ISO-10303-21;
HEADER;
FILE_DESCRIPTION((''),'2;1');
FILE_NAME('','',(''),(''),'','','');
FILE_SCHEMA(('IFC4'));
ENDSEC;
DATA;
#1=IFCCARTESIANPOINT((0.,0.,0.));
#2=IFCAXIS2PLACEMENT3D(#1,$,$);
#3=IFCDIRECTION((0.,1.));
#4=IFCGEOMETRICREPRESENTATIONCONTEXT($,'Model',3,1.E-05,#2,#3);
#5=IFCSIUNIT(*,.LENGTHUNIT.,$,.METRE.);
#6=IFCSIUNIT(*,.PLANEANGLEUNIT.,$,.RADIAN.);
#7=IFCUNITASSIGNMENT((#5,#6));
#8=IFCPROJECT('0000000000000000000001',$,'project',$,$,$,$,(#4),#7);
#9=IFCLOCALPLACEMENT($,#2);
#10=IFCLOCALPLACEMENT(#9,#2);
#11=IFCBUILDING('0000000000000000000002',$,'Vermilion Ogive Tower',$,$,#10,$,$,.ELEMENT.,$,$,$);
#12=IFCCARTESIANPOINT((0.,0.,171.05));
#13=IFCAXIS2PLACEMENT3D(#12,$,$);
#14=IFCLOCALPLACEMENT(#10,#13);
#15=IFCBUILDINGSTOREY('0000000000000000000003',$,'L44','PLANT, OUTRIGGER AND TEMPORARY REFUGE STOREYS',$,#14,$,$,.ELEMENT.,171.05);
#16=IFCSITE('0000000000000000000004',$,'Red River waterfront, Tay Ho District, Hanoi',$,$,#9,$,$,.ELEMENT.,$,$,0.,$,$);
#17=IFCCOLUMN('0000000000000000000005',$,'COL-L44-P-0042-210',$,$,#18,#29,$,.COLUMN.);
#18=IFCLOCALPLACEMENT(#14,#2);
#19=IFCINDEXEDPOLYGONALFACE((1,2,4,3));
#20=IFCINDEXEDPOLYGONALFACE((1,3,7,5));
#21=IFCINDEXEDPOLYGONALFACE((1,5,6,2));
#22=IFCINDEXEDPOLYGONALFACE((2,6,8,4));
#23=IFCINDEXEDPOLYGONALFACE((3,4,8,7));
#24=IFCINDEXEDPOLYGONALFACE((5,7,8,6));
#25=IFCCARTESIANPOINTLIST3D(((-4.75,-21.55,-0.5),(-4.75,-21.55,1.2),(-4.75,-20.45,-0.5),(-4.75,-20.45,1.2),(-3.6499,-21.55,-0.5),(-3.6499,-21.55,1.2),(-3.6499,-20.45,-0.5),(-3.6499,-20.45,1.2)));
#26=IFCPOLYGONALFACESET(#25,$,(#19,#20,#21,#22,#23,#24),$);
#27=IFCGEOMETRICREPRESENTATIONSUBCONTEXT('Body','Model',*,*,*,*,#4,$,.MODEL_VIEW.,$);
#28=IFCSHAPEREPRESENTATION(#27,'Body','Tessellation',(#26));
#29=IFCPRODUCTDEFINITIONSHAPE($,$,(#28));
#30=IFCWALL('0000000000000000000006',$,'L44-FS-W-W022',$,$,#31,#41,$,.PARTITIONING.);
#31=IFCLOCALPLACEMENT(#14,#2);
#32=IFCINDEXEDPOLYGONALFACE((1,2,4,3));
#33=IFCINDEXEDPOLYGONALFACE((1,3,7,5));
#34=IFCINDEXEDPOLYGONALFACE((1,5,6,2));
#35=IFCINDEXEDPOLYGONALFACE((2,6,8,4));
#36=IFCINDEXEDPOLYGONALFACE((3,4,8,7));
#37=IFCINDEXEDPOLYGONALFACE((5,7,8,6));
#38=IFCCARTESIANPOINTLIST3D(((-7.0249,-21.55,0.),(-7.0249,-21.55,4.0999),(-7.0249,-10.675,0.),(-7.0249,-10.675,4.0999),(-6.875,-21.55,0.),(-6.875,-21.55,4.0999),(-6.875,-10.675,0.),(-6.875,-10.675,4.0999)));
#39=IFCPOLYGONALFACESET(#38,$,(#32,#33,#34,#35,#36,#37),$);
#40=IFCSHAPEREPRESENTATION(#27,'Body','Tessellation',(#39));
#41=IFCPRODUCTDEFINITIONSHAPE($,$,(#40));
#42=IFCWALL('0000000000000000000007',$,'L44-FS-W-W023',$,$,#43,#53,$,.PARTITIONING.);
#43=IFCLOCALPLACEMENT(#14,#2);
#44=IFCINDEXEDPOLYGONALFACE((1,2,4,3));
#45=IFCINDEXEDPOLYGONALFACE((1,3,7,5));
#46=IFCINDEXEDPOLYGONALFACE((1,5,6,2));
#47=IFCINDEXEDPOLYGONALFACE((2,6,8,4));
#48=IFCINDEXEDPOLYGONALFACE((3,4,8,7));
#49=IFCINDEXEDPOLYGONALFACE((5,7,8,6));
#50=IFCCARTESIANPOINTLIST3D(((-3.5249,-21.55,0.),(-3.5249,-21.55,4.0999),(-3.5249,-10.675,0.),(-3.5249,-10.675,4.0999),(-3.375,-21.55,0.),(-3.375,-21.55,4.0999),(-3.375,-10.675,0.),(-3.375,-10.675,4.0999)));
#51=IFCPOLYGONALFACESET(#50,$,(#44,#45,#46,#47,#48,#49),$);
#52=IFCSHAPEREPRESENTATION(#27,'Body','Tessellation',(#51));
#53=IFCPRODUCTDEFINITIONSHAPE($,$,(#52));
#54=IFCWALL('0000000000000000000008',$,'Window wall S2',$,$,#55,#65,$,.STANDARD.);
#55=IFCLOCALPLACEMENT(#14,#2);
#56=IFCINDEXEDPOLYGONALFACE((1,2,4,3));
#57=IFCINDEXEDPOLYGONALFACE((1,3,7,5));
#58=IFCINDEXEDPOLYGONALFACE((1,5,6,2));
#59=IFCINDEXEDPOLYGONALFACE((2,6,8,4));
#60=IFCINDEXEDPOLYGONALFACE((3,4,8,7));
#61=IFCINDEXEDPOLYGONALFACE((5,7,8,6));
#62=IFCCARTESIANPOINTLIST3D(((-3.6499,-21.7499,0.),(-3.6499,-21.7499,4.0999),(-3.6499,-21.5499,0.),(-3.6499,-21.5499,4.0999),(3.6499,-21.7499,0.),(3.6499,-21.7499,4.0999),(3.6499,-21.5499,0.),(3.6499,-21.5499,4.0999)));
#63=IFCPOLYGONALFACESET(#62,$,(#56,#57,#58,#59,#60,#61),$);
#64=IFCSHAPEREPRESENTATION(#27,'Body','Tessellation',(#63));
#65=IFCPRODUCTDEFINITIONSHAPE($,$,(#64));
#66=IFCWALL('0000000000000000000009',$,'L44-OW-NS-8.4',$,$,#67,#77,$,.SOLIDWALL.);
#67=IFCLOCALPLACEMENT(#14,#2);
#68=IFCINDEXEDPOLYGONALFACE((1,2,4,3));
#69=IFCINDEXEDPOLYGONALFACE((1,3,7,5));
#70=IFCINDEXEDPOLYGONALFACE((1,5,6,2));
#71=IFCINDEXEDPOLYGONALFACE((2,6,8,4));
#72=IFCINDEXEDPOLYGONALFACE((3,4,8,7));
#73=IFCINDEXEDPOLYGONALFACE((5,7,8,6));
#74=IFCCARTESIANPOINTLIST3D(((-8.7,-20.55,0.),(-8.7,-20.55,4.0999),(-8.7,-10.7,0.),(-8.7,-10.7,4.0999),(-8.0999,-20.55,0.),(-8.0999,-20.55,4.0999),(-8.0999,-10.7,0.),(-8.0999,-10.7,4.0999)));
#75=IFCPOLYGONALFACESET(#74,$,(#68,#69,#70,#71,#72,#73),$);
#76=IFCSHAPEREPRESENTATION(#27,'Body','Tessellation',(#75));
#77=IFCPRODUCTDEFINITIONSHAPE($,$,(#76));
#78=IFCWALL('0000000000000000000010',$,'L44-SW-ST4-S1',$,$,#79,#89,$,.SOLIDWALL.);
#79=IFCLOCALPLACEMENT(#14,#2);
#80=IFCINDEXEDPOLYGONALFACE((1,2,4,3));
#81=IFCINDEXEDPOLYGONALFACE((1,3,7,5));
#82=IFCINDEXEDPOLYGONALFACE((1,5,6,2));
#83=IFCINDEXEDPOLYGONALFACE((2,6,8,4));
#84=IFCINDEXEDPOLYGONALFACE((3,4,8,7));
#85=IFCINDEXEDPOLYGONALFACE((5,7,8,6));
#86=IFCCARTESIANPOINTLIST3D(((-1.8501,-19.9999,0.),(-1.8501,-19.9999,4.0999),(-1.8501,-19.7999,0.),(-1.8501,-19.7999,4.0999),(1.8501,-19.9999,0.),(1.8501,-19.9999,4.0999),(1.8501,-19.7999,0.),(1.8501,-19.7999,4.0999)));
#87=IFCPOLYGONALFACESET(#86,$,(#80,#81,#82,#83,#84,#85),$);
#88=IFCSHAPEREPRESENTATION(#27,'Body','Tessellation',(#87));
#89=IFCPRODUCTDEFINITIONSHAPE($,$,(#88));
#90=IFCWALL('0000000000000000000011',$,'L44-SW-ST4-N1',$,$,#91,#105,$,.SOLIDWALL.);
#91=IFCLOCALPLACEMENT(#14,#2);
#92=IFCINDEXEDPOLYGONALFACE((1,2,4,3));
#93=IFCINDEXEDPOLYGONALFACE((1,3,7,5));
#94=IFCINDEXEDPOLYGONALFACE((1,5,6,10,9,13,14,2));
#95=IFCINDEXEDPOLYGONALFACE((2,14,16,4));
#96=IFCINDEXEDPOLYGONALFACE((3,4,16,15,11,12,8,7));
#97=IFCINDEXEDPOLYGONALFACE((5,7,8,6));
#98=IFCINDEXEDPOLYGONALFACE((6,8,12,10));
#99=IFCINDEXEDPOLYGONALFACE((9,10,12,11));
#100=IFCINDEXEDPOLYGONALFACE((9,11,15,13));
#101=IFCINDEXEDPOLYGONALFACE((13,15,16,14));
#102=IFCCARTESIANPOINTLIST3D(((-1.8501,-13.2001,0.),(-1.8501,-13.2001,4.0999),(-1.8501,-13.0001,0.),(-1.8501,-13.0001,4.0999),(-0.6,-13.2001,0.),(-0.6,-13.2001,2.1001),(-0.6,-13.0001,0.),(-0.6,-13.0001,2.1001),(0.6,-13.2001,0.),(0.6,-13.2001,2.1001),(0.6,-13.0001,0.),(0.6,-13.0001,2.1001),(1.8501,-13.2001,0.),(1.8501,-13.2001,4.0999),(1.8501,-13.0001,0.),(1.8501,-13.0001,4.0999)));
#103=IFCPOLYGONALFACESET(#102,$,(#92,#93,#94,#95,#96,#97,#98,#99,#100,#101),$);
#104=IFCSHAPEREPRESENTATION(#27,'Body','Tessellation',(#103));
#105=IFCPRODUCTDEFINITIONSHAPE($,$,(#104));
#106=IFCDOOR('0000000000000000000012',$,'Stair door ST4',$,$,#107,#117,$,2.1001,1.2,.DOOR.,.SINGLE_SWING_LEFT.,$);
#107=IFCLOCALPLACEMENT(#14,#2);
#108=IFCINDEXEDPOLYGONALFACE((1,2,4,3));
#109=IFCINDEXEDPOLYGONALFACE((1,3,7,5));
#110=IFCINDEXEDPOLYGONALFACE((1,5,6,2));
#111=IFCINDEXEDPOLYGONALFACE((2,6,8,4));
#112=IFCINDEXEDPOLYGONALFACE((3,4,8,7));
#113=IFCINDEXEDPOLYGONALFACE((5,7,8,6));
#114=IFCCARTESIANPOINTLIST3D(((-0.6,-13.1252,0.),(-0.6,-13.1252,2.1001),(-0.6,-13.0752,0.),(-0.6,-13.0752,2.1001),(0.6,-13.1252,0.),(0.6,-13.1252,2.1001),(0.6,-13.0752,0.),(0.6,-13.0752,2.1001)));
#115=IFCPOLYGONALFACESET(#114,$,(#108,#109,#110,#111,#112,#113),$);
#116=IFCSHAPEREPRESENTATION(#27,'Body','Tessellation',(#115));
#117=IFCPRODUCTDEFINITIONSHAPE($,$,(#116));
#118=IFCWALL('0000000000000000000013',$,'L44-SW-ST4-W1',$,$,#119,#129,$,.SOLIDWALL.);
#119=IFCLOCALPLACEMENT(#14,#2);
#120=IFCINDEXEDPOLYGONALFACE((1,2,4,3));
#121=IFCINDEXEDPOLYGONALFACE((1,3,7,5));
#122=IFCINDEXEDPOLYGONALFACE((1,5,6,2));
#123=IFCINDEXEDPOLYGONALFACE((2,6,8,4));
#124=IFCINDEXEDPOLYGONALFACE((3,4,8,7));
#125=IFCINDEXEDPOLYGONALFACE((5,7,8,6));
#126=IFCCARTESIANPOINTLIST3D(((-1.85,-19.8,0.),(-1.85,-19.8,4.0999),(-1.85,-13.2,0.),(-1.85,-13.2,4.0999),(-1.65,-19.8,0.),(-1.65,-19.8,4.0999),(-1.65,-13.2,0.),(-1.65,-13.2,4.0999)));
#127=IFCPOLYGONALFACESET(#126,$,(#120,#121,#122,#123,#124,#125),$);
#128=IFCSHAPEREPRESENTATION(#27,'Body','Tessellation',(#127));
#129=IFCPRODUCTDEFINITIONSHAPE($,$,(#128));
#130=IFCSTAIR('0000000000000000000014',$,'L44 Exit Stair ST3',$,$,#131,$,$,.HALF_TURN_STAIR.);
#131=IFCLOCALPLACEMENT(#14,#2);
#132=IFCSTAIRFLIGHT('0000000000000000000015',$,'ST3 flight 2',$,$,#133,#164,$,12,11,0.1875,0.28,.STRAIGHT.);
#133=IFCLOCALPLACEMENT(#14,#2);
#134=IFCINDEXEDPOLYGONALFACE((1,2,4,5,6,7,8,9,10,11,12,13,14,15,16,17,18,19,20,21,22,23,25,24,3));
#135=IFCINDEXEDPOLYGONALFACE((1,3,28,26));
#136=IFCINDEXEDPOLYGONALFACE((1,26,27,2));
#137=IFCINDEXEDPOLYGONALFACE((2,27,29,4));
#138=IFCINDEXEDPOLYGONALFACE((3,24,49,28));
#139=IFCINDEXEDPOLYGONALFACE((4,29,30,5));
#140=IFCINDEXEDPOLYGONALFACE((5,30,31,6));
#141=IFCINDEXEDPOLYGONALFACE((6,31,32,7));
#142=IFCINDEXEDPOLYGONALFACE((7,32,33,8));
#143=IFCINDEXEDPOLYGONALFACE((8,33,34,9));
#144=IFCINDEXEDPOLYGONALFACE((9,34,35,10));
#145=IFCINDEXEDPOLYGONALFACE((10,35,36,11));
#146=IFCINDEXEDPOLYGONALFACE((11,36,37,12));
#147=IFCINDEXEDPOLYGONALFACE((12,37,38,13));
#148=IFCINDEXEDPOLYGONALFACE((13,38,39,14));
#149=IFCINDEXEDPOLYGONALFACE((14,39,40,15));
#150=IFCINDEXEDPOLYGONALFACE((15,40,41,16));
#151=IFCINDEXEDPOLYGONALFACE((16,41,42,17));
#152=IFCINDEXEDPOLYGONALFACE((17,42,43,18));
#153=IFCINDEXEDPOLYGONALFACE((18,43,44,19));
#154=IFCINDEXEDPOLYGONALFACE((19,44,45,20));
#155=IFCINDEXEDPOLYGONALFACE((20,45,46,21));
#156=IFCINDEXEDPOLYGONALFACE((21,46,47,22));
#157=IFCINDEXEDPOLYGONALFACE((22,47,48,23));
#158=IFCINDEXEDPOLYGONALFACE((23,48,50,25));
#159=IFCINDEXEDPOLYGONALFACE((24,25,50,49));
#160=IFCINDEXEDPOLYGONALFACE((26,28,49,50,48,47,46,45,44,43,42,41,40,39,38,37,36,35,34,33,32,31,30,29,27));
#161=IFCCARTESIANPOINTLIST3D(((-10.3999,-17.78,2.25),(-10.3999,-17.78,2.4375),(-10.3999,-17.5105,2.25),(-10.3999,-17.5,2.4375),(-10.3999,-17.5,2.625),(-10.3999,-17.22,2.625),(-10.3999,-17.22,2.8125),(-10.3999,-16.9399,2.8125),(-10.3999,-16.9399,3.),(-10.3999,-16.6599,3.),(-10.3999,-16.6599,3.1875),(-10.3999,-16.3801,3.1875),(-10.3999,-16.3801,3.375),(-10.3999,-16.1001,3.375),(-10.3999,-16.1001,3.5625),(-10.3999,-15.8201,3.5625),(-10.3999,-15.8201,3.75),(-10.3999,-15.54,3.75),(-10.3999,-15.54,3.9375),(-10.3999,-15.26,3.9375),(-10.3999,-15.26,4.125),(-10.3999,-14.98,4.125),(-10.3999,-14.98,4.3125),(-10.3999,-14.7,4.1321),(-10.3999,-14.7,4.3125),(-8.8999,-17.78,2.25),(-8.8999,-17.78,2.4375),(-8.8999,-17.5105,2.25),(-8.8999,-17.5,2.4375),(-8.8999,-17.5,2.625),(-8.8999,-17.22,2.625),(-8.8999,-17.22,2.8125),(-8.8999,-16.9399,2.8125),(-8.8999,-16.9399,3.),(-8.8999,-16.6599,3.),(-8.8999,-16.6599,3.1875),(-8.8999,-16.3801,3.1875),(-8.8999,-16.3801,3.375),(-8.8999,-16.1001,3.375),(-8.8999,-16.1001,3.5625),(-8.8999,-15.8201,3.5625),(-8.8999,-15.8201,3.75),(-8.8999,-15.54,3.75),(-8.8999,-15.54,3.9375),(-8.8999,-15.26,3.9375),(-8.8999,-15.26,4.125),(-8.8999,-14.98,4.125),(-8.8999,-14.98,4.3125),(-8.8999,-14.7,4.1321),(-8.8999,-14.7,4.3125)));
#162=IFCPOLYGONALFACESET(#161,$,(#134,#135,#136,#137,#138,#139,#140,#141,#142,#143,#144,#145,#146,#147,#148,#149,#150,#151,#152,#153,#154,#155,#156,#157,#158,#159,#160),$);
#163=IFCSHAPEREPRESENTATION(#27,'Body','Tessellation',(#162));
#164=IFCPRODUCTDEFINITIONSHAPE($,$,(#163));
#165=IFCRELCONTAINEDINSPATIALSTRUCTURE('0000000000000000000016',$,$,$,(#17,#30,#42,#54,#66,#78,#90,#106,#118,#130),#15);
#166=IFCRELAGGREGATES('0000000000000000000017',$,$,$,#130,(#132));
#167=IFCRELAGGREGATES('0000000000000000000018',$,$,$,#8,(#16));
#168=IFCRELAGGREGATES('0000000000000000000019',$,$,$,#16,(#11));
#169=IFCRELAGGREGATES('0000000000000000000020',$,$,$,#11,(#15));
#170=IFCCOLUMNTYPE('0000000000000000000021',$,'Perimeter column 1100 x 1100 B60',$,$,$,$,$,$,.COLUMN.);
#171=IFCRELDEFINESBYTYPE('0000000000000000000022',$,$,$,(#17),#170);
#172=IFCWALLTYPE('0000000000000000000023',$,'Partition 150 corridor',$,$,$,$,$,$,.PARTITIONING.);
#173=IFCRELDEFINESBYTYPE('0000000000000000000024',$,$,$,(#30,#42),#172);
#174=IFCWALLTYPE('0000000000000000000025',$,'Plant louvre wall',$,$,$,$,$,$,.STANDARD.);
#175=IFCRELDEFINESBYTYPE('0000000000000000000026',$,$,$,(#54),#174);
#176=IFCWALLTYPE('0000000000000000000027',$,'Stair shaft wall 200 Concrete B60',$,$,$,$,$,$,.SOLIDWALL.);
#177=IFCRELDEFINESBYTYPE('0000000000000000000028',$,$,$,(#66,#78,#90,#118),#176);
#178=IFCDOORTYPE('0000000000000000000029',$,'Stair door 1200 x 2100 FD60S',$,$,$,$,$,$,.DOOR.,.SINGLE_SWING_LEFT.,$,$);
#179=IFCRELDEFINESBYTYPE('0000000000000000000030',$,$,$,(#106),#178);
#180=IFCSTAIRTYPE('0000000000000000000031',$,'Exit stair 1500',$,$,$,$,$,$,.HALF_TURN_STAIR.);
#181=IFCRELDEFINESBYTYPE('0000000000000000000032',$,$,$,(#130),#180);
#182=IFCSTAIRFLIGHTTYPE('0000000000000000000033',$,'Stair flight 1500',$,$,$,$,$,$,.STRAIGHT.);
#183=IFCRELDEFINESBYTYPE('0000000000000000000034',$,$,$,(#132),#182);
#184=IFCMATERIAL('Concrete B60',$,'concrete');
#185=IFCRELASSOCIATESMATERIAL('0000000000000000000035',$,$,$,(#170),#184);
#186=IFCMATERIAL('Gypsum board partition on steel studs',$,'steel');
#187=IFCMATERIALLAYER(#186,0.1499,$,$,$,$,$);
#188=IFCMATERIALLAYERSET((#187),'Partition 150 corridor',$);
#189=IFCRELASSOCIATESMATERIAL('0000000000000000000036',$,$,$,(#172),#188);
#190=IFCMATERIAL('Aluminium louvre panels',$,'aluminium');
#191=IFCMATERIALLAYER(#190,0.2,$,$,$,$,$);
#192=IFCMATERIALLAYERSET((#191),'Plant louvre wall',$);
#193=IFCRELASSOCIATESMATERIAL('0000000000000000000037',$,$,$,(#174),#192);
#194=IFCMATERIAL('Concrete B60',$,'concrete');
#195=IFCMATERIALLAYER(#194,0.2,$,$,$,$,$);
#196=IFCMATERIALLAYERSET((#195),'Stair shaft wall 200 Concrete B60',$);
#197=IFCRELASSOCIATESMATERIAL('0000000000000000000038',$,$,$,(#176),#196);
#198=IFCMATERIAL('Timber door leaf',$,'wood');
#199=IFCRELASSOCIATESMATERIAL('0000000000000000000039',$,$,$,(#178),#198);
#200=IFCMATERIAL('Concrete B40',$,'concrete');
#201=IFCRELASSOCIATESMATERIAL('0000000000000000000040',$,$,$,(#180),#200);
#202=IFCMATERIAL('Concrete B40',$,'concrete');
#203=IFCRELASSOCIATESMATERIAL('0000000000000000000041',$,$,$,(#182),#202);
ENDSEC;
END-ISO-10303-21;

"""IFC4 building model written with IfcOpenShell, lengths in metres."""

from ifc_helpers import new_model, si_unit, direction, frame, frame_2d, origin, origin_2d, place, context, subcontext, project, spatial, polyline, rectangle, outline, extrude, material, layer, layer_set, material_profile, profile_set, type_object, element, fill, aggregate, save


model = new_model("IFC4")

# Units and contexts
model_context = context("Model", 3, precision=1e-05, world=origin(), true_north=direction((0.0, 1.0)))
body_context = subcontext(model_context, "Body", "Model", "MODEL_VIEW")
ifc_project = project(units=[si_unit("LENGTHUNIT", "METRE"), si_unit("PLANEANGLEUNIT", "RADIAN")], contexts=[model_context])

# Site, building, storey
site_placement = place(None, origin())
site = spatial("IfcSite", under=ifc_project, at=site_placement, Name="Red River waterfront, Tay Ho District, Hanoi", CompositionType="ELEMENT", RefElevation=0.0)
building_placement = place(site_placement, origin())
building = spatial("IfcBuilding", under=site, at=building_placement, Name="Vermilion Ogive Tower", CompositionType="ELEMENT")
storey_placement = place(building_placement, frame((0.0, 0.0, 171.05)))
storey = spatial("IfcBuildingStorey", under=building, at=storey_placement, Name="L44", Description="PLANT, OUTRIGGER AND TEMPORARY REFUGE STOREYS", CompositionType="ELEMENT", Elevation=171.05)

# Column
ifc_material_1 = material(Name="Concrete B60", Category="concrete")
ifc_material_profile = material_profile(ifc_material_1, rectangle(XDim=1.1001, YDim=1.1001, at=origin_2d()), Name="1100 x 1100")
ifc_profile_set = profile_set([ifc_material_profile], Name="Concrete B60")
column_type = type_object("IfcColumnType", Name="Perimeter column 1100 x 1100 B60", PredefinedType="COLUMN", material=ifc_profile_set)
column_placement = place(storey_placement, frame((-4.2, -21.0, -0.5), z_axis=(0.0, 0.0, 1.0), x_axis=(1.0, 0.0, 0.0)))
element("IfcColumn", 1, at=column_placement, inside=storey, type_object=column_type, Name="COL-L44-P-0042-210", PredefinedType="COLUMN", context=body_context, shape_type="SweptSolid", body=[
    extrude(rectangle(XDim=1.1001, YDim=1.1001, at=origin_2d()), origin(), (0.0, 0.0, 1.0), 1.7),
])

# Walls
ifc_material_2 = material(Name="Gypsum board partition on steel studs", Category="steel")
ifc_layer_1 = layer(ifc_material_2, 0.1499)
ifc_layer_set_1 = layer_set([ifc_layer_1], Name="Partition 150 corridor")
wall_type_1 = type_object("IfcWallType", Name="Partition 150 corridor", PredefinedType="PARTITIONING", material=ifc_layer_set_1)
for number, where, z_axis, x_axis, name in (
    (2, (-6.95, -21.55, 0.0), (0.0, 0.0, 1.0), (0.0, 1.0, 0.0), "L44-FS-W-W022"),
    (3, (-3.45, -21.55, 0.0), (0.0, 0.0, 1.0), (0.0, 1.0, 0.0), "L44-FS-W-W023"),
):
    element("IfcWall", number, at=place(storey_placement, frame(where, z_axis=z_axis, x_axis=x_axis)), inside=storey, type_object=wall_type_1, Name=name, PredefinedType="PARTITIONING", context=body_context, shape_type="SweptSolid", body=[
        extrude(rectangle(XDim=10.875, YDim=0.1499, at=frame_2d((5.4375, 0.0))), origin(), (0.0, 0.0, 1.0), 4.0999),
    ])
ifc_material_3 = material(Name="Aluminium louvre panels", Category="aluminium")
ifc_layer_2 = layer(ifc_material_3, 0.2)
ifc_layer_set_2 = layer_set([ifc_layer_2], Name="Plant louvre wall")
wall_type_2 = type_object("IfcWallType", Name="Plant louvre wall", PredefinedType="STANDARD", material=ifc_layer_set_2)
wall_1_placement = place(storey_placement, frame((-3.6499, -21.6499, 0.0), z_axis=(0.0, 0.0, 1.0), x_axis=(1.0, 0.0, 0.0)))
element("IfcWall", 4, at=wall_1_placement, inside=storey, type_object=wall_type_2, Name="Window wall S2", PredefinedType="STANDARD", context=body_context, shape_type="SweptSolid", body=[
    extrude(rectangle(XDim=7.2998, YDim=0.2, at=frame_2d((3.6499, 0.0))), origin(), (0.0, 0.0, 1.0), 4.0999),
])
ifc_material_4 = material(Name="Concrete B60", Category="concrete")
ifc_layer_3 = layer(ifc_material_4, 0.2)
ifc_layer_set_3 = layer_set([ifc_layer_3], Name="Stair shaft wall 200 Concrete B60")
wall_type_3 = type_object("IfcWallType", Name="Stair shaft wall 200 Concrete B60", PredefinedType="SOLIDWALL", material=ifc_layer_set_3)
wall_2_placement = place(storey_placement, frame((-8.3999, -20.55, 0.0), z_axis=(0.0, 0.0, 1.0), x_axis=(0.0, 1.0, 0.0)))
element("IfcWall", 5, at=wall_2_placement, inside=storey, type_object=wall_type_3, Name="L44-OW-NS-8.4", PredefinedType="SOLIDWALL", context=body_context, shape_type="SweptSolid", body=[
    extrude(rectangle(XDim=9.8501, YDim=0.6001, at=frame_2d((4.925, 0.0))), origin(), (0.0, 0.0, 1.0), 4.0999),
])
wall_3_placement = place(storey_placement, frame((-1.8501, -19.8999, 0.0), z_axis=(0.0, 0.0, 1.0), x_axis=(1.0, 0.0, 0.0)))
element("IfcWall", 6, at=wall_3_placement, inside=storey, type_object=wall_type_3, Name="L44-SW-ST4-S1", PredefinedType="SOLIDWALL", context=body_context, shape_type="SweptSolid", body=[
    extrude(rectangle(XDim=3.7002, YDim=0.2, at=frame_2d((1.8501, 0.0))), origin(), (0.0, 0.0, 1.0), 4.0999),
])

# Wall, opening, door
wall_4_placement = place(storey_placement, frame((-1.8501, -13.1001, 0.0), z_axis=(0.0, 0.0, 1.0), x_axis=(1.0, 0.0, 0.0)))
wall_4 = element("IfcWall", 7, at=wall_4_placement, inside=storey, type_object=wall_type_3, Name="L44-SW-ST4-N1", PredefinedType="SOLIDWALL", context=body_context, shape_type="SweptSolid", body=[
    extrude(rectangle(XDim=3.7002, YDim=0.2, at=frame_2d((1.8501, 0.0))), origin(), (0.0, 0.0, 1.0), 4.0999),
])
opening_placement = place(wall_4_placement, frame((1.25, 0.0, 0.0)))
opening = element("IfcOpeningElement", 8, at=opening_placement, cuts=wall_4, PredefinedType="OPENING", context=body_context, shape_type="SweptSolid", body=[
    extrude(rectangle(XDim=1.2, YDim=2.1001, at=frame_2d((0.6001, 1.05))), frame((0.0, 0.1099, 0.0), z_axis=(0.0, -1.0, 0.0), x_axis=(1.0, 0.0, 0.0)), (0.0, 0.0, 1.0), 0.22),
])
ifc_material_5 = material(Name="Timber door leaf", Category="wood")
door_type = type_object("IfcDoorType", Name="Stair door 1200 x 2100 FD60S", OperationType="SINGLE_SWING_LEFT", PredefinedType="DOOR", material=ifc_material_5)
door_placement = place(opening_placement, origin())
door = element("IfcDoor", 9, at=door_placement, inside=storey, type_object=door_type, Name="Stair door ST4", OperationType="SINGLE_SWING_LEFT", OverallHeight=2.1001, OverallWidth=1.2, PredefinedType="DOOR", context=body_context, shape_type="SweptSolid", body=[
    extrude(rectangle(XDim=1.2, YDim=2.1001, at=frame_2d((0.6001, 1.05))), frame((0.0, 0.0249, 0.0), z_axis=(0.0, -1.0, 0.0), x_axis=(1.0, 0.0, 0.0)), (0.0, 0.0, 1.0), 0.05),
])
fill(opening, door)

# Wall
wall_5_placement = place(storey_placement, frame((-1.75, -19.8, 0.0), z_axis=(0.0, 0.0, 1.0), x_axis=(0.0, 1.0, 0.0)))
element("IfcWall", 10, at=wall_5_placement, inside=storey, type_object=wall_type_3, Name="L44-SW-ST4-W1", PredefinedType="SOLIDWALL", context=body_context, shape_type="SweptSolid", body=[
    extrude(rectangle(XDim=6.6001, YDim=0.2, at=frame_2d((3.3, 0.0))), origin(), (0.0, 0.0, 1.0), 4.0999),
])

# Stair, stair flight
ifc_material_6 = material(Name="Concrete B40", Category="concrete")
stair_type = type_object("IfcStairType", Name="Exit stair 1500", PredefinedType="HALF_TURN_STAIR", material=ifc_material_6)
stair_1_placement = place(storey_placement, origin())
stair_1 = element("IfcStair", 11, at=stair_1_placement, inside=storey, type_object=stair_type, Name="L44 Exit Stair ST3", PredefinedType="HALF_TURN_STAIR")
ifc_material_7 = material(Name="Concrete B40", Category="concrete")
stair_flight_type = type_object("IfcStairFlightType", Name="Stair flight 1500", PredefinedType="STRAIGHT", material=ifc_material_7)
stair_flight_1_placement = place(storey_placement, frame((-9.6499, -17.78, 2.25), z_axis=(0.0, 0.0, 1.0), x_axis=(0.0, 1.0, 0.0)))
stair_flight_1 = element("IfcStairFlight", 12, at=stair_flight_1_placement, type_object=stair_flight_type, Name="ST3 flight 2", NumberOfRisers=12, NumberOfTreads=11, PredefinedType="STRAIGHT", RiserHeight=0.1875, TreadLength=0.28, context=body_context, shape_type="SweptSolid", body=[
    extrude(outline(polyline([(0.0, 0.0), (0.0, 0.1875), (0.28, 0.1875), (0.28, 0.375), (0.5601, 0.375), (0.5601, 0.5625), (0.8401, 0.5625), (0.8401, 0.75), (1.1201, 0.75), (1.1201, 0.9375), (1.3999, 0.9375), (1.3999, 1.125), (1.6799, 1.125), (1.6799, 1.3125), (1.96, 1.3125), (1.96, 1.5), (2.24, 1.5), (2.24, 1.6875), (2.52, 1.6875), (2.52, 1.875), (2.8, 1.875), (2.8, 2.0625), (3.0801, 2.0625), (3.0801, 2.25), (3.0801, 1.8821), (0.2695, 0.0), (0.0, 0.0)])), frame((0.0, 0.75, 0.0), z_axis=(0.0, -1.0, 0.0), x_axis=(1.0, 0.0, 0.0)), (0.0, 0.0, 1.0), 1.5),
])
aggregate(stair_1, [stair_flight_1])

save(model, "model.ifc")
